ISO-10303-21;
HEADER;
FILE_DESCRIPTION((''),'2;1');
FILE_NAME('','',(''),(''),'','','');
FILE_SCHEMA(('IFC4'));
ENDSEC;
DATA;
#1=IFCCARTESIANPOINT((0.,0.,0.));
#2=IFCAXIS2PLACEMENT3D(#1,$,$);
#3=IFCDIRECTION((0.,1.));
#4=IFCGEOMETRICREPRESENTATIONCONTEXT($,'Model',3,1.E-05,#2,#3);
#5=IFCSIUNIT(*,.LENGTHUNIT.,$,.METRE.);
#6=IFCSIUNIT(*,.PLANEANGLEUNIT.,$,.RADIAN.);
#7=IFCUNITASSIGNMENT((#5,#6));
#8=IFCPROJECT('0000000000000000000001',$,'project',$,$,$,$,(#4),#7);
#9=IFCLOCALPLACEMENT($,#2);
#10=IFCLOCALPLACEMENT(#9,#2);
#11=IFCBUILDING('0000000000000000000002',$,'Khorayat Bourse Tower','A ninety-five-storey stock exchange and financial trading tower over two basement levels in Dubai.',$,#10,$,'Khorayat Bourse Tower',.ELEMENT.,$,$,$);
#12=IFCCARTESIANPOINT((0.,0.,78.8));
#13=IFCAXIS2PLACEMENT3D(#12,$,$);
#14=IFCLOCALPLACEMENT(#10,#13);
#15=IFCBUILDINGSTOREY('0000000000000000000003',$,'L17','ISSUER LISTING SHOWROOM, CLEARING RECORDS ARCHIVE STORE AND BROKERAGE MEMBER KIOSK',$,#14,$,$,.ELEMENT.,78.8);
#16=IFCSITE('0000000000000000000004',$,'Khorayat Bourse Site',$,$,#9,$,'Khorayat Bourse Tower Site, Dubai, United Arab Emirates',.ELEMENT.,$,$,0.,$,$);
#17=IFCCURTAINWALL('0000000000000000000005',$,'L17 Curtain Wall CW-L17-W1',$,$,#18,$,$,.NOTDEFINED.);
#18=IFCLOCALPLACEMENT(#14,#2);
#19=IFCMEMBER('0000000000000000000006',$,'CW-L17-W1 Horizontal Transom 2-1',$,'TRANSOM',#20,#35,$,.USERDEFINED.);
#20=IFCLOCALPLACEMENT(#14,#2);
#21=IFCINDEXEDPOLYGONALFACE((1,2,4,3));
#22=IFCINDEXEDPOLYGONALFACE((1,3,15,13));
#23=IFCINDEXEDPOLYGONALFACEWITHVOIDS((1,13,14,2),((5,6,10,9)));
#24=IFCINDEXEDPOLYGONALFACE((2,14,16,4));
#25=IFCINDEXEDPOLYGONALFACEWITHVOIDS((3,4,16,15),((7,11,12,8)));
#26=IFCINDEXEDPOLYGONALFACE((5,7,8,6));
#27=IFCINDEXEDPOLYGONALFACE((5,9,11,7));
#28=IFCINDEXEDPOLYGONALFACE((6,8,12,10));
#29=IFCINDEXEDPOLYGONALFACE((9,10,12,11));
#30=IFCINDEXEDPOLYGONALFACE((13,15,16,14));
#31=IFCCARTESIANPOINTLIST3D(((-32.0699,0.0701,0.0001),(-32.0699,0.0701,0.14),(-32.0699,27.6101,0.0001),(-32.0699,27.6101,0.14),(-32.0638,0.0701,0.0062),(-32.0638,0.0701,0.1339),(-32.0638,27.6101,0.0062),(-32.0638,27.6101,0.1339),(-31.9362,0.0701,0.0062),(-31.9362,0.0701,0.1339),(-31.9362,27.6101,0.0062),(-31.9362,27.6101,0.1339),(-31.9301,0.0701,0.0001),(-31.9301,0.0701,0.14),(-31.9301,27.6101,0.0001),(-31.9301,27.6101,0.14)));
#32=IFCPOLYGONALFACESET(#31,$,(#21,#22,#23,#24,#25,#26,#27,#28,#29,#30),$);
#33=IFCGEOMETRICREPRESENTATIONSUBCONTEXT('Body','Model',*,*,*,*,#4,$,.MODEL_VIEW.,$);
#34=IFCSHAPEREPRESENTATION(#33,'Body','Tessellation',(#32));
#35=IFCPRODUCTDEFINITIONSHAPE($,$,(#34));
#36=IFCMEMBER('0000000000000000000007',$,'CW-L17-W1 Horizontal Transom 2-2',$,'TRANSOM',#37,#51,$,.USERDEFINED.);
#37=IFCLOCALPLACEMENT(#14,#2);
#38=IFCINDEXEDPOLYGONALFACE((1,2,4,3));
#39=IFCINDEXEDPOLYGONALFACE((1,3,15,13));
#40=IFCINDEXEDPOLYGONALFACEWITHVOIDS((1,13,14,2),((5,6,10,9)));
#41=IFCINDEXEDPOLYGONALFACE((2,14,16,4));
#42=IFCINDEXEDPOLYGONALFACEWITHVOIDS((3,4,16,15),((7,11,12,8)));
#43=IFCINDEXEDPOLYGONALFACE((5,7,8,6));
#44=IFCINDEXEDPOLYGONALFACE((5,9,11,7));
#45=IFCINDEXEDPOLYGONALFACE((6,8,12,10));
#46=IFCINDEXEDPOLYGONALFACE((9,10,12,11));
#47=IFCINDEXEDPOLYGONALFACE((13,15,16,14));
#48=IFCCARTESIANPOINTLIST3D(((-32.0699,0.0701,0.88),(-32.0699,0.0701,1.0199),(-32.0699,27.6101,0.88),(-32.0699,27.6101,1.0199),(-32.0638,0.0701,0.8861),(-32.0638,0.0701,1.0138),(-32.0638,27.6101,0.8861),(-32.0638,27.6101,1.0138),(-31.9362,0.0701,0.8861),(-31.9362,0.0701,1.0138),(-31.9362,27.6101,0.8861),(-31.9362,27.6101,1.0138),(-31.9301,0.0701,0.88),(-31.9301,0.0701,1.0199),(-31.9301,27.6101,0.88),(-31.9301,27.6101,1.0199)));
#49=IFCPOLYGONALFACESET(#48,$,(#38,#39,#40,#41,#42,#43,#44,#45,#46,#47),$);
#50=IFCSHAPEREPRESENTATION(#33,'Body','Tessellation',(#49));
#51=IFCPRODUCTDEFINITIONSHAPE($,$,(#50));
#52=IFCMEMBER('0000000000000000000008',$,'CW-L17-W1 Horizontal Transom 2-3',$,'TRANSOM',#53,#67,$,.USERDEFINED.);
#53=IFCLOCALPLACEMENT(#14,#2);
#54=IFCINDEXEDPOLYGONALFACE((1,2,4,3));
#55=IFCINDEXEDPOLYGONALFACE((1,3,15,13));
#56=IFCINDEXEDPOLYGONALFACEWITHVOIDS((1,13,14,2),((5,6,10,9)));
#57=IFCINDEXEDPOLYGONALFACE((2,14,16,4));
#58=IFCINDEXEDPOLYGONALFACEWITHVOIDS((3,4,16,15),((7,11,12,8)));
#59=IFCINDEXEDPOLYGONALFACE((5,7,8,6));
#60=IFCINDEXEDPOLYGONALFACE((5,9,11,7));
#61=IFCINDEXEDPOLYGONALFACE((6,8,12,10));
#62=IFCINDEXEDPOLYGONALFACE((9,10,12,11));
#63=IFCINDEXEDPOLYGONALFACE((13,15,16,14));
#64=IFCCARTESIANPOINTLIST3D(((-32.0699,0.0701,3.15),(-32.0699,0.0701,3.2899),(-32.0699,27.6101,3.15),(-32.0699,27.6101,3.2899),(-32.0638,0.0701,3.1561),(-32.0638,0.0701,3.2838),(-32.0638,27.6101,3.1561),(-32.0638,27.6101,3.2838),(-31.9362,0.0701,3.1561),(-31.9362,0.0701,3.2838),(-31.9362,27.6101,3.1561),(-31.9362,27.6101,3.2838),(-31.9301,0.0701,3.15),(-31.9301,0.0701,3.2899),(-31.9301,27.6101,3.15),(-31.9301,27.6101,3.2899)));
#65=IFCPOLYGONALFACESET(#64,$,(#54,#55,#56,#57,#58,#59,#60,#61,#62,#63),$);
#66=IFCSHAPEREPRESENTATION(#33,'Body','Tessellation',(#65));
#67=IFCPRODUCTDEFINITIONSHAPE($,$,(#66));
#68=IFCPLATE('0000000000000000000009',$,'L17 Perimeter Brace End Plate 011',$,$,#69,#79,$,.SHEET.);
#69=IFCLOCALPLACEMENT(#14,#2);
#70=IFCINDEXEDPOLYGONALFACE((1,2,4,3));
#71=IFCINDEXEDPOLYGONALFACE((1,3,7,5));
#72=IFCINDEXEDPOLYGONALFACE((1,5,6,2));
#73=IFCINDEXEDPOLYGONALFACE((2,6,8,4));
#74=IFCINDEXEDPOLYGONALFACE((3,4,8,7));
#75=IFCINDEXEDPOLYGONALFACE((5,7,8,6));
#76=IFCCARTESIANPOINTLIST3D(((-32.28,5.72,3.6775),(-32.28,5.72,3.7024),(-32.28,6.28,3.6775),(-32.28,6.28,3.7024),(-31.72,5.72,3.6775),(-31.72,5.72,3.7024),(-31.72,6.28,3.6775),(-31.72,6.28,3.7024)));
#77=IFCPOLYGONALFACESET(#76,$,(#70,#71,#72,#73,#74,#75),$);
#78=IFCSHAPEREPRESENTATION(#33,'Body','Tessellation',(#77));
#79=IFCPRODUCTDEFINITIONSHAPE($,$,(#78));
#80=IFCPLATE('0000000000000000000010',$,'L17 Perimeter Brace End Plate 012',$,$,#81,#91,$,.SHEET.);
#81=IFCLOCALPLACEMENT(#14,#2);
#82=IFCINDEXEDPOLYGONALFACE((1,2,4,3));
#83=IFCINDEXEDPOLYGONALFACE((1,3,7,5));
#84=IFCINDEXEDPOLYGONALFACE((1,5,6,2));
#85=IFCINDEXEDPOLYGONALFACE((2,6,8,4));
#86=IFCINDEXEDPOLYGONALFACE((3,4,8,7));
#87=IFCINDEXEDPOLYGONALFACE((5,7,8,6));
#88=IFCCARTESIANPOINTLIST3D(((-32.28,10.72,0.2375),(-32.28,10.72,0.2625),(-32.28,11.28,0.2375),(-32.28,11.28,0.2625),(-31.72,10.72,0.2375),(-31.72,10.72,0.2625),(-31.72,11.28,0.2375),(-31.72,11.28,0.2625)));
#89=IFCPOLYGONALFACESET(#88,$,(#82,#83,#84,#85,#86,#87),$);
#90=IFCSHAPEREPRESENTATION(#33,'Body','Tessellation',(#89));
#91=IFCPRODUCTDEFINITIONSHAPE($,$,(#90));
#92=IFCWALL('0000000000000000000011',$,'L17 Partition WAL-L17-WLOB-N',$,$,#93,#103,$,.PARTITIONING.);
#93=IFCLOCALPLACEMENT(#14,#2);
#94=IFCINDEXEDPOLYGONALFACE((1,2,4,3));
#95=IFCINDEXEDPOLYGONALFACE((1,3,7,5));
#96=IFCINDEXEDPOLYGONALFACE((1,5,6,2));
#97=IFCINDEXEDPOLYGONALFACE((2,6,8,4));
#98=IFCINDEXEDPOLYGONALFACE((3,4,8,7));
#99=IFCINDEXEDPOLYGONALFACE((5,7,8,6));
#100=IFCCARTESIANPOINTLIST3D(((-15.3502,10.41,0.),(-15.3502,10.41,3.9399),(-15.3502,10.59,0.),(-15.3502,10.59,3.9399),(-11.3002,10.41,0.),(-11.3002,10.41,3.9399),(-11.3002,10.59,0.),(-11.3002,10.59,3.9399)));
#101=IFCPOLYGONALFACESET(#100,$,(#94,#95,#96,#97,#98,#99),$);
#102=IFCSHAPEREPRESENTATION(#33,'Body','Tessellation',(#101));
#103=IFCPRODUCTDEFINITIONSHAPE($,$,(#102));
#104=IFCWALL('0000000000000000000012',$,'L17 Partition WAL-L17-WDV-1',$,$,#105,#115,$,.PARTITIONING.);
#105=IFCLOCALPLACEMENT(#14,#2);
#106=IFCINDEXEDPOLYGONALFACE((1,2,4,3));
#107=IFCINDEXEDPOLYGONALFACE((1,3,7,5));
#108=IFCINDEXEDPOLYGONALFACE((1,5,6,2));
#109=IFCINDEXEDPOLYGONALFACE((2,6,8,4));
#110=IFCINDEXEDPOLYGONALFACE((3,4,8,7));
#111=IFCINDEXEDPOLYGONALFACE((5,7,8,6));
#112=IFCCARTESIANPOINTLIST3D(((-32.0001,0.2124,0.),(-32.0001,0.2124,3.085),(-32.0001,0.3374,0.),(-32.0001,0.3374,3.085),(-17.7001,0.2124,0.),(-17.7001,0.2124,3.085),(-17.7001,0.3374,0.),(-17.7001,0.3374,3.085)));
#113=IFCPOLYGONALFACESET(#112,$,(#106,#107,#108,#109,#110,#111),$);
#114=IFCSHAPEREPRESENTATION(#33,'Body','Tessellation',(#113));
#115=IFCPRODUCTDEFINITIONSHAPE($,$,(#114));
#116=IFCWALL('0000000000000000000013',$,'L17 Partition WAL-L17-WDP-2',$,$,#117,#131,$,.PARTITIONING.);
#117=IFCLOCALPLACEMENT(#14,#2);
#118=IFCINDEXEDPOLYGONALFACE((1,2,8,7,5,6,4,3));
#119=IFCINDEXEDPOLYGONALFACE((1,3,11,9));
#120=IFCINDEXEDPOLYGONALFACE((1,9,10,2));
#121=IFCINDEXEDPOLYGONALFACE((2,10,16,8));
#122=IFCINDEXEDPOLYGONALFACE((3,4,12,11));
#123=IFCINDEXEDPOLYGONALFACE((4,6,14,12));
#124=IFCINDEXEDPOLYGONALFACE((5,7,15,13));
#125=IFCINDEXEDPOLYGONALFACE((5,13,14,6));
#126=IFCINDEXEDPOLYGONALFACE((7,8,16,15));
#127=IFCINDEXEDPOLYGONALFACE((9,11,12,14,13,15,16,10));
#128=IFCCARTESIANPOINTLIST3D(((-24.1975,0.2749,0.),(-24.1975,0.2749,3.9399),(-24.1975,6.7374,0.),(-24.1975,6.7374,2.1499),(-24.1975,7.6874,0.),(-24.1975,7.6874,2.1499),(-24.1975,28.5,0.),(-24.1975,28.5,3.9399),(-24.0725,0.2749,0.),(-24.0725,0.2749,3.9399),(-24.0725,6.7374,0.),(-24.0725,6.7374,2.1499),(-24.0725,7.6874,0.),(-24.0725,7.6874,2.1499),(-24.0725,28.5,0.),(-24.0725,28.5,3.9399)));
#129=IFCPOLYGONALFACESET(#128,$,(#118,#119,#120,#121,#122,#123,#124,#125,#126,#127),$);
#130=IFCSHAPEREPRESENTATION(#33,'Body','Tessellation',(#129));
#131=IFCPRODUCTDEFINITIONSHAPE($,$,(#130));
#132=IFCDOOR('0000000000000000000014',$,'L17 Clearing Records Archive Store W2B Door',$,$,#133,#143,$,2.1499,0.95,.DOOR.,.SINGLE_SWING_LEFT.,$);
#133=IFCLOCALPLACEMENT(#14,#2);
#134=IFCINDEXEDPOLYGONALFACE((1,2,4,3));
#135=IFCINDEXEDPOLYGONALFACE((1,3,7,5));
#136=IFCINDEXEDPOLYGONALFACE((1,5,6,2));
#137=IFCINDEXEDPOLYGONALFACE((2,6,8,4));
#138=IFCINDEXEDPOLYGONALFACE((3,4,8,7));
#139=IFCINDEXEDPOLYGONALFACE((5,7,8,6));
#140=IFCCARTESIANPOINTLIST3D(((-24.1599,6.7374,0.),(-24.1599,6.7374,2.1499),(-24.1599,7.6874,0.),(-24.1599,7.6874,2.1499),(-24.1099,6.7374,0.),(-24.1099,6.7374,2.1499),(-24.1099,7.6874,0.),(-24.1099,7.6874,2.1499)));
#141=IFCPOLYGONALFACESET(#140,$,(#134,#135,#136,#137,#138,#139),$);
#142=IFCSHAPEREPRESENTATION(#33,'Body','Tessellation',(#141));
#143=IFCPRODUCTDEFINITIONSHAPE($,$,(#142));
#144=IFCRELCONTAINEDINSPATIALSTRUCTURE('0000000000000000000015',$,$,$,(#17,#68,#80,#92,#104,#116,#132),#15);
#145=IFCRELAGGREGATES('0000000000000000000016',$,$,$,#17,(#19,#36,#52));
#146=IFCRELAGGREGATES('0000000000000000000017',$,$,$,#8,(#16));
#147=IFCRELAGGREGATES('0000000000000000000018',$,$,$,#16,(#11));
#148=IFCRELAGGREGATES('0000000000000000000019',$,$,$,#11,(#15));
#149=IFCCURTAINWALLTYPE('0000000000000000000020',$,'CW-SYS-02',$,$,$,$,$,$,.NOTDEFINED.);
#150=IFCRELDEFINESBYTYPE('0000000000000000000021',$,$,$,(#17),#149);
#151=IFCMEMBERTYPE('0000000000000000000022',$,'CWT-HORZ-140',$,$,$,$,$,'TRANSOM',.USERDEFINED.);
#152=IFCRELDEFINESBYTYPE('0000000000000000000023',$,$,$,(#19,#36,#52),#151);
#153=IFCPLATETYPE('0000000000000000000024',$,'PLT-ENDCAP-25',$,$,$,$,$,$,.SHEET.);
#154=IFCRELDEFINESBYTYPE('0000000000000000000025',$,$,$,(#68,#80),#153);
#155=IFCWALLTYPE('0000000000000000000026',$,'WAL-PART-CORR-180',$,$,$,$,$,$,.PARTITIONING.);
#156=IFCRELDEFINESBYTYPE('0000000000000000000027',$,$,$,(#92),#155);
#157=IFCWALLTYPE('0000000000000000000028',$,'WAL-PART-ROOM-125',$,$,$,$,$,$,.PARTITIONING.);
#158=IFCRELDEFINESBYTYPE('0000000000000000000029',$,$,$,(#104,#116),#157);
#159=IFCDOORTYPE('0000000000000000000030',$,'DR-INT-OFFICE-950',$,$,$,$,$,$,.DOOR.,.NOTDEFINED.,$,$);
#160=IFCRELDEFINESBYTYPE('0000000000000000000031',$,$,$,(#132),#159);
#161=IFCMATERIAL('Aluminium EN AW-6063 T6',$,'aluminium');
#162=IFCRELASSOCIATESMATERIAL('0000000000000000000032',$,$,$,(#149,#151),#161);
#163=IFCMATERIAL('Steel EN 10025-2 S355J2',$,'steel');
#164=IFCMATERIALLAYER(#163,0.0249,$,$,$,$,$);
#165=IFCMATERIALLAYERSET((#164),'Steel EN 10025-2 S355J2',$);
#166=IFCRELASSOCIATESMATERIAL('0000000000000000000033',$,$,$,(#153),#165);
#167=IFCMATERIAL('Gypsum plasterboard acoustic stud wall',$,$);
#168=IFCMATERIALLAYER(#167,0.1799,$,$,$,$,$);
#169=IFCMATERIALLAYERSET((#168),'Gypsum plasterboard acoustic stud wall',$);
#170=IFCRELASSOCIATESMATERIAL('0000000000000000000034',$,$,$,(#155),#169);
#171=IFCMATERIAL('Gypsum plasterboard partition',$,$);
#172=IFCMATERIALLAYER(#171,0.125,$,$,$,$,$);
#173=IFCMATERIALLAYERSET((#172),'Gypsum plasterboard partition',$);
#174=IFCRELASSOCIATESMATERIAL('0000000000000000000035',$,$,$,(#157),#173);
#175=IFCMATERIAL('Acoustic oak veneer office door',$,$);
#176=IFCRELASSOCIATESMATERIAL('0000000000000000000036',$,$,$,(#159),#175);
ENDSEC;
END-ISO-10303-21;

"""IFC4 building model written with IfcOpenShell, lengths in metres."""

from ifc_helpers import new_model, si_unit, direction, frame, frame_2d, origin, origin_2d, place, context, subcontext, project, spatial, rectangle, hollow_rectangle, extrude, source, transform, mapped, material, layer, layer_set, material_profile, profile_set, type_object, element, fill, aggregate, save


model = new_model("IFC4")

# Units and contexts
model_context = context("Model", 3, precision=1e-05, world=origin(), true_north=direction((0.0, 1.0)))
body_context = subcontext(model_context, "Body", "Model", "MODEL_VIEW")
ifc_project = project(units=[si_unit("LENGTHUNIT", "METRE"), si_unit("PLANEANGLEUNIT", "RADIAN")], contexts=[model_context])

# Site, building, storey
site_placement = place(None, origin())
site = spatial("IfcSite", under=ifc_project, at=site_placement, Name="Khorayat Bourse Site", LongName="Khorayat Bourse Tower Site, Dubai, United Arab Emirates", CompositionType="ELEMENT", RefElevation=0.0)
building_placement = place(site_placement, origin())
building = spatial("IfcBuilding", under=site, at=building_placement, Name="Khorayat Bourse Tower", Description="A ninety-five-storey stock exchange and financial trading tower over two basement levels in Dubai.", LongName="Khorayat Bourse Tower", CompositionType="ELEMENT")
storey_placement = place(building_placement, frame((0.0, 0.0, 78.8)))
storey = spatial("IfcBuildingStorey", under=building, at=storey_placement, Name="L17", Description="ISSUER LISTING SHOWROOM, CLEARING RECORDS ARCHIVE STORE AND BROKERAGE MEMBER KIOSK", CompositionType="ELEMENT", Elevation=78.8)

# Curtain wall, members
ifc_material_1 = material(Name="Aluminium EN AW-6063 T6", Category="aluminium")
curtain_wall_type = type_object("IfcCurtainWallType", Name="CW-SYS-02", PredefinedType="NOTDEFINED", material=ifc_material_1)
curtain_wall_placement = place(storey_placement, origin())
curtain_wall = element("IfcCurtainWall", 1, at=curtain_wall_placement, inside=storey, type_object=curtain_wall_type, Name="L17 Curtain Wall CW-L17-W1", PredefinedType="NOTDEFINED")
ifc_material_profile_1 = material_profile(ifc_material_1, hollow_rectangle(XDim=0.1399, YDim=0.1399, WallThickness=0.0061, at=origin_2d()), Name="ALU 140x140x6")
ifc_profile_set_1 = profile_set([ifc_material_profile_1], Name="Aluminium EN AW-6063 T6")
member_type_1 = type_object("IfcMemberType", Name="CWT-HORZ-140", ElementType="TRANSOM", PredefinedType="USERDEFINED", material=ifc_profile_set_1)
shared_shape_1 = source(origin(), body_context, "Body", "SweptSolid", [
    extrude(hollow_rectangle(XDim=0.1399, YDim=0.1399, WallThickness=0.0061, at=origin_2d()), origin(), (0.0, 0.0, 1.0), 27.54),
])
member_1_placement = place(storey_placement, frame((-32.0, 0.0701, 0.0701), z_axis=(0.0, 1.0, 0.0), x_axis=(-1.0, 0.0, 0.0)))
member_1 = element("IfcMember", 2, at=member_1_placement, type_object=member_type_1, Name="CW-L17-W1 Horizontal Transom 2-1", ObjectType="TRANSOM", PredefinedType="USERDEFINED", context=body_context, shape_type="MappedRepresentation", body=[
    mapped(shared_shape_1, transform((0.0, 0.0, 0.0), scale=1.0)),
])
member_2_placement = place(storey_placement, frame((-32.0, 0.0701, 0.95), z_axis=(0.0, 1.0, 0.0), x_axis=(-1.0, 0.0, 0.0)))
member_2 = element("IfcMember", 3, at=member_2_placement, type_object=member_type_1, Name="CW-L17-W1 Horizontal Transom 2-2", ObjectType="TRANSOM", PredefinedType="USERDEFINED", context=body_context, shape_type="MappedRepresentation", body=[
    mapped(shared_shape_1, transform((0.0, 0.0, 0.0), scale=1.0)),
])
member_3_placement = place(storey_placement, frame((-32.0, 0.0701, 3.22), z_axis=(0.0, 1.0, 0.0), x_axis=(-1.0, 0.0, 0.0)))
member_3 = element("IfcMember", 4, at=member_3_placement, type_object=member_type_1, Name="CW-L17-W1 Horizontal Transom 2-3", ObjectType="TRANSOM", PredefinedType="USERDEFINED", context=body_context, shape_type="MappedRepresentation", body=[
    mapped(shared_shape_1, transform((0.0, 0.0, 0.0), scale=1.0)),
])
aggregate(curtain_wall, [member_1, member_2, member_3])

# Plates
ifc_material_2 = material(Name="Steel EN 10025-2 S355J2", Category="steel")
ifc_layer_1 = layer(ifc_material_2, 0.0249)
ifc_layer_set_1 = layer_set([ifc_layer_1], Name="Steel EN 10025-2 S355J2")
plate_type = type_object("IfcPlateType", Name="PLT-ENDCAP-25", PredefinedType="SHEET", material=ifc_layer_set_1)
shared_shape_2 = source(origin(), body_context, "Body", "SweptSolid", [
    extrude(rectangle(XDim=0.5601, YDim=0.5601, at=origin_2d()), origin(), (0.0, 0.0, 1.0), 0.0249),
])
for number, where, z_axis, x_axis, name in (
    (5, (-32.0, 6.0, 3.6775), (0.0, 0.0, 1.0), (1.0, 0.0, 0.0), "L17 Perimeter Brace End Plate 011"),
    (6, (-32.0, 11.0, 0.2375), (0.0, 0.0, 1.0), (1.0, 0.0, 0.0), "L17 Perimeter Brace End Plate 012"),
):
    element("IfcPlate", number, at=place(storey_placement, frame(where, z_axis=z_axis, x_axis=x_axis)), inside=storey, type_object=plate_type, Name=name, PredefinedType="SHEET", context=body_context, shape_type="MappedRepresentation", body=[
        mapped(shared_shape_2, transform((0.0, 0.0, 0.0), scale=1.0)),
    ])

# Walls
ifc_material_3 = material(Name="Gypsum plasterboard acoustic stud wall")
ifc_layer_2 = layer(ifc_material_3, 0.1799)
ifc_layer_set_2 = layer_set([ifc_layer_2], Name="Gypsum plasterboard acoustic stud wall")
wall_type_1 = type_object("IfcWallType", Name="WAL-PART-CORR-180", PredefinedType="PARTITIONING", material=ifc_layer_set_2)
shared_shape_3 = source(origin(), body_context, "Body", "SweptSolid", [
    extrude(rectangle(XDim=4.05, YDim=0.1799, at=frame_2d((2.0249, 0.0))), origin(), (0.0, 0.0, 1.0), 3.9399),
])
wall_1_placement = place(storey_placement, frame((-15.3501, 10.5, 0.0), z_axis=(0.0, 0.0, 1.0), x_axis=(1.0, 0.0, 0.0)))
element("IfcWall", 7, at=wall_1_placement, inside=storey, type_object=wall_type_1, Name="L17 Partition WAL-L17-WLOB-N", PredefinedType="PARTITIONING", context=body_context, shape_type="MappedRepresentation", body=[
    mapped(shared_shape_3, transform((0.0, 0.0, 0.0), scale=1.0)),
])
ifc_material_4 = material(Name="Gypsum plasterboard partition")
ifc_layer_3 = layer(ifc_material_4, 0.125)
ifc_layer_set_3 = layer_set([ifc_layer_3], Name="Gypsum plasterboard partition")
wall_type_2 = type_object("IfcWallType", Name="WAL-PART-ROOM-125", PredefinedType="PARTITIONING", material=ifc_layer_set_3)
shared_shape_4 = source(origin(), body_context, "Body", "SweptSolid", [
    extrude(rectangle(XDim=14.3, YDim=0.125, at=frame_2d((7.1499, 0.0))), origin(), (0.0, 0.0, 1.0), 3.085),
])
wall_2_placement = place(storey_placement, frame((-32.0, 0.2749, 0.0), z_axis=(0.0, 0.0, 1.0), x_axis=(1.0, 0.0, 0.0)))
element("IfcWall", 8, at=wall_2_placement, inside=storey, type_object=wall_type_2, Name="L17 Partition WAL-L17-WDV-1", PredefinedType="PARTITIONING", context=body_context, shape_type="MappedRepresentation", body=[
    mapped(shared_shape_4, transform((0.0, 0.0, 0.0), scale=1.0)),
])

# Wall, opening, door
shared_shape_5 = source(origin(), body_context, "Body", "SweptSolid", [
    extrude(rectangle(XDim=28.2251, YDim=0.125, at=frame_2d((14.1125, 0.0))), origin(), (0.0, 0.0, 1.0), 3.9399),
])
wall_3_placement = place(storey_placement, frame((-24.135, 0.2749, 0.0), z_axis=(0.0, 0.0, 1.0), x_axis=(0.0, 1.0, 0.0)))
wall_3 = element("IfcWall", 9, at=wall_3_placement, inside=storey, type_object=wall_type_2, Name="L17 Partition WAL-L17-WDP-2", PredefinedType="PARTITIONING", context=body_context, shape_type="MappedRepresentation", body=[
    mapped(shared_shape_5, transform((0.0, 0.0, 0.0), scale=1.0)),
])
shared_shape_6 = source(origin(), body_context, "Body", "SweptSolid", [
    extrude(rectangle(XDim=0.95, YDim=2.1499, at=frame_2d((0.4751, 1.075))), frame((0.0, 0.0725, 0.0), z_axis=(0.0, -1.0, 0.0), x_axis=(1.0, 0.0, 0.0)), (0.0, 0.0, 1.0), 0.145),
])
opening_placement = place(wall_3_placement, frame((6.4624, 0.0, 0.0)))
opening = element("IfcOpeningElement", 10, at=opening_placement, cuts=wall_3, PredefinedType="OPENING", context=body_context, shape_type="MappedRepresentation", body=[
    mapped(shared_shape_6, transform((0.0, 0.0, 0.0), scale=1.0)),
])
ifc_material_5 = material(Name="Acoustic oak veneer office door")
door_type = type_object("IfcDoorType", Name="DR-INT-OFFICE-950", OperationType="NOTDEFINED", PredefinedType="DOOR", material=ifc_material_5)
shared_shape_7 = source(origin(), body_context, "Body", "SweptSolid", [
    extrude(rectangle(XDim=0.95, YDim=2.1499, at=frame_2d((0.4751, 1.075))), frame((0.0, 0.0249, 0.0), z_axis=(0.0, -1.0, 0.0), x_axis=(1.0, 0.0, 0.0)), (0.0, 0.0, 1.0), 0.05),
])
door_placement = place(opening_placement, origin())
door = element("IfcDoor", 11, at=door_placement, inside=storey, type_object=door_type, Name="L17 Clearing Records Archive Store W2B Door", OperationType="SINGLE_SWING_LEFT", OverallHeight=2.1499, OverallWidth=0.95, PredefinedType="DOOR", context=body_context, shape_type="MappedRepresentation", body=[
    mapped(shared_shape_7, transform((0.0, 0.0, 0.0), scale=1.0)),
])
fill(opening, door)

save(model, "model.ifc")
